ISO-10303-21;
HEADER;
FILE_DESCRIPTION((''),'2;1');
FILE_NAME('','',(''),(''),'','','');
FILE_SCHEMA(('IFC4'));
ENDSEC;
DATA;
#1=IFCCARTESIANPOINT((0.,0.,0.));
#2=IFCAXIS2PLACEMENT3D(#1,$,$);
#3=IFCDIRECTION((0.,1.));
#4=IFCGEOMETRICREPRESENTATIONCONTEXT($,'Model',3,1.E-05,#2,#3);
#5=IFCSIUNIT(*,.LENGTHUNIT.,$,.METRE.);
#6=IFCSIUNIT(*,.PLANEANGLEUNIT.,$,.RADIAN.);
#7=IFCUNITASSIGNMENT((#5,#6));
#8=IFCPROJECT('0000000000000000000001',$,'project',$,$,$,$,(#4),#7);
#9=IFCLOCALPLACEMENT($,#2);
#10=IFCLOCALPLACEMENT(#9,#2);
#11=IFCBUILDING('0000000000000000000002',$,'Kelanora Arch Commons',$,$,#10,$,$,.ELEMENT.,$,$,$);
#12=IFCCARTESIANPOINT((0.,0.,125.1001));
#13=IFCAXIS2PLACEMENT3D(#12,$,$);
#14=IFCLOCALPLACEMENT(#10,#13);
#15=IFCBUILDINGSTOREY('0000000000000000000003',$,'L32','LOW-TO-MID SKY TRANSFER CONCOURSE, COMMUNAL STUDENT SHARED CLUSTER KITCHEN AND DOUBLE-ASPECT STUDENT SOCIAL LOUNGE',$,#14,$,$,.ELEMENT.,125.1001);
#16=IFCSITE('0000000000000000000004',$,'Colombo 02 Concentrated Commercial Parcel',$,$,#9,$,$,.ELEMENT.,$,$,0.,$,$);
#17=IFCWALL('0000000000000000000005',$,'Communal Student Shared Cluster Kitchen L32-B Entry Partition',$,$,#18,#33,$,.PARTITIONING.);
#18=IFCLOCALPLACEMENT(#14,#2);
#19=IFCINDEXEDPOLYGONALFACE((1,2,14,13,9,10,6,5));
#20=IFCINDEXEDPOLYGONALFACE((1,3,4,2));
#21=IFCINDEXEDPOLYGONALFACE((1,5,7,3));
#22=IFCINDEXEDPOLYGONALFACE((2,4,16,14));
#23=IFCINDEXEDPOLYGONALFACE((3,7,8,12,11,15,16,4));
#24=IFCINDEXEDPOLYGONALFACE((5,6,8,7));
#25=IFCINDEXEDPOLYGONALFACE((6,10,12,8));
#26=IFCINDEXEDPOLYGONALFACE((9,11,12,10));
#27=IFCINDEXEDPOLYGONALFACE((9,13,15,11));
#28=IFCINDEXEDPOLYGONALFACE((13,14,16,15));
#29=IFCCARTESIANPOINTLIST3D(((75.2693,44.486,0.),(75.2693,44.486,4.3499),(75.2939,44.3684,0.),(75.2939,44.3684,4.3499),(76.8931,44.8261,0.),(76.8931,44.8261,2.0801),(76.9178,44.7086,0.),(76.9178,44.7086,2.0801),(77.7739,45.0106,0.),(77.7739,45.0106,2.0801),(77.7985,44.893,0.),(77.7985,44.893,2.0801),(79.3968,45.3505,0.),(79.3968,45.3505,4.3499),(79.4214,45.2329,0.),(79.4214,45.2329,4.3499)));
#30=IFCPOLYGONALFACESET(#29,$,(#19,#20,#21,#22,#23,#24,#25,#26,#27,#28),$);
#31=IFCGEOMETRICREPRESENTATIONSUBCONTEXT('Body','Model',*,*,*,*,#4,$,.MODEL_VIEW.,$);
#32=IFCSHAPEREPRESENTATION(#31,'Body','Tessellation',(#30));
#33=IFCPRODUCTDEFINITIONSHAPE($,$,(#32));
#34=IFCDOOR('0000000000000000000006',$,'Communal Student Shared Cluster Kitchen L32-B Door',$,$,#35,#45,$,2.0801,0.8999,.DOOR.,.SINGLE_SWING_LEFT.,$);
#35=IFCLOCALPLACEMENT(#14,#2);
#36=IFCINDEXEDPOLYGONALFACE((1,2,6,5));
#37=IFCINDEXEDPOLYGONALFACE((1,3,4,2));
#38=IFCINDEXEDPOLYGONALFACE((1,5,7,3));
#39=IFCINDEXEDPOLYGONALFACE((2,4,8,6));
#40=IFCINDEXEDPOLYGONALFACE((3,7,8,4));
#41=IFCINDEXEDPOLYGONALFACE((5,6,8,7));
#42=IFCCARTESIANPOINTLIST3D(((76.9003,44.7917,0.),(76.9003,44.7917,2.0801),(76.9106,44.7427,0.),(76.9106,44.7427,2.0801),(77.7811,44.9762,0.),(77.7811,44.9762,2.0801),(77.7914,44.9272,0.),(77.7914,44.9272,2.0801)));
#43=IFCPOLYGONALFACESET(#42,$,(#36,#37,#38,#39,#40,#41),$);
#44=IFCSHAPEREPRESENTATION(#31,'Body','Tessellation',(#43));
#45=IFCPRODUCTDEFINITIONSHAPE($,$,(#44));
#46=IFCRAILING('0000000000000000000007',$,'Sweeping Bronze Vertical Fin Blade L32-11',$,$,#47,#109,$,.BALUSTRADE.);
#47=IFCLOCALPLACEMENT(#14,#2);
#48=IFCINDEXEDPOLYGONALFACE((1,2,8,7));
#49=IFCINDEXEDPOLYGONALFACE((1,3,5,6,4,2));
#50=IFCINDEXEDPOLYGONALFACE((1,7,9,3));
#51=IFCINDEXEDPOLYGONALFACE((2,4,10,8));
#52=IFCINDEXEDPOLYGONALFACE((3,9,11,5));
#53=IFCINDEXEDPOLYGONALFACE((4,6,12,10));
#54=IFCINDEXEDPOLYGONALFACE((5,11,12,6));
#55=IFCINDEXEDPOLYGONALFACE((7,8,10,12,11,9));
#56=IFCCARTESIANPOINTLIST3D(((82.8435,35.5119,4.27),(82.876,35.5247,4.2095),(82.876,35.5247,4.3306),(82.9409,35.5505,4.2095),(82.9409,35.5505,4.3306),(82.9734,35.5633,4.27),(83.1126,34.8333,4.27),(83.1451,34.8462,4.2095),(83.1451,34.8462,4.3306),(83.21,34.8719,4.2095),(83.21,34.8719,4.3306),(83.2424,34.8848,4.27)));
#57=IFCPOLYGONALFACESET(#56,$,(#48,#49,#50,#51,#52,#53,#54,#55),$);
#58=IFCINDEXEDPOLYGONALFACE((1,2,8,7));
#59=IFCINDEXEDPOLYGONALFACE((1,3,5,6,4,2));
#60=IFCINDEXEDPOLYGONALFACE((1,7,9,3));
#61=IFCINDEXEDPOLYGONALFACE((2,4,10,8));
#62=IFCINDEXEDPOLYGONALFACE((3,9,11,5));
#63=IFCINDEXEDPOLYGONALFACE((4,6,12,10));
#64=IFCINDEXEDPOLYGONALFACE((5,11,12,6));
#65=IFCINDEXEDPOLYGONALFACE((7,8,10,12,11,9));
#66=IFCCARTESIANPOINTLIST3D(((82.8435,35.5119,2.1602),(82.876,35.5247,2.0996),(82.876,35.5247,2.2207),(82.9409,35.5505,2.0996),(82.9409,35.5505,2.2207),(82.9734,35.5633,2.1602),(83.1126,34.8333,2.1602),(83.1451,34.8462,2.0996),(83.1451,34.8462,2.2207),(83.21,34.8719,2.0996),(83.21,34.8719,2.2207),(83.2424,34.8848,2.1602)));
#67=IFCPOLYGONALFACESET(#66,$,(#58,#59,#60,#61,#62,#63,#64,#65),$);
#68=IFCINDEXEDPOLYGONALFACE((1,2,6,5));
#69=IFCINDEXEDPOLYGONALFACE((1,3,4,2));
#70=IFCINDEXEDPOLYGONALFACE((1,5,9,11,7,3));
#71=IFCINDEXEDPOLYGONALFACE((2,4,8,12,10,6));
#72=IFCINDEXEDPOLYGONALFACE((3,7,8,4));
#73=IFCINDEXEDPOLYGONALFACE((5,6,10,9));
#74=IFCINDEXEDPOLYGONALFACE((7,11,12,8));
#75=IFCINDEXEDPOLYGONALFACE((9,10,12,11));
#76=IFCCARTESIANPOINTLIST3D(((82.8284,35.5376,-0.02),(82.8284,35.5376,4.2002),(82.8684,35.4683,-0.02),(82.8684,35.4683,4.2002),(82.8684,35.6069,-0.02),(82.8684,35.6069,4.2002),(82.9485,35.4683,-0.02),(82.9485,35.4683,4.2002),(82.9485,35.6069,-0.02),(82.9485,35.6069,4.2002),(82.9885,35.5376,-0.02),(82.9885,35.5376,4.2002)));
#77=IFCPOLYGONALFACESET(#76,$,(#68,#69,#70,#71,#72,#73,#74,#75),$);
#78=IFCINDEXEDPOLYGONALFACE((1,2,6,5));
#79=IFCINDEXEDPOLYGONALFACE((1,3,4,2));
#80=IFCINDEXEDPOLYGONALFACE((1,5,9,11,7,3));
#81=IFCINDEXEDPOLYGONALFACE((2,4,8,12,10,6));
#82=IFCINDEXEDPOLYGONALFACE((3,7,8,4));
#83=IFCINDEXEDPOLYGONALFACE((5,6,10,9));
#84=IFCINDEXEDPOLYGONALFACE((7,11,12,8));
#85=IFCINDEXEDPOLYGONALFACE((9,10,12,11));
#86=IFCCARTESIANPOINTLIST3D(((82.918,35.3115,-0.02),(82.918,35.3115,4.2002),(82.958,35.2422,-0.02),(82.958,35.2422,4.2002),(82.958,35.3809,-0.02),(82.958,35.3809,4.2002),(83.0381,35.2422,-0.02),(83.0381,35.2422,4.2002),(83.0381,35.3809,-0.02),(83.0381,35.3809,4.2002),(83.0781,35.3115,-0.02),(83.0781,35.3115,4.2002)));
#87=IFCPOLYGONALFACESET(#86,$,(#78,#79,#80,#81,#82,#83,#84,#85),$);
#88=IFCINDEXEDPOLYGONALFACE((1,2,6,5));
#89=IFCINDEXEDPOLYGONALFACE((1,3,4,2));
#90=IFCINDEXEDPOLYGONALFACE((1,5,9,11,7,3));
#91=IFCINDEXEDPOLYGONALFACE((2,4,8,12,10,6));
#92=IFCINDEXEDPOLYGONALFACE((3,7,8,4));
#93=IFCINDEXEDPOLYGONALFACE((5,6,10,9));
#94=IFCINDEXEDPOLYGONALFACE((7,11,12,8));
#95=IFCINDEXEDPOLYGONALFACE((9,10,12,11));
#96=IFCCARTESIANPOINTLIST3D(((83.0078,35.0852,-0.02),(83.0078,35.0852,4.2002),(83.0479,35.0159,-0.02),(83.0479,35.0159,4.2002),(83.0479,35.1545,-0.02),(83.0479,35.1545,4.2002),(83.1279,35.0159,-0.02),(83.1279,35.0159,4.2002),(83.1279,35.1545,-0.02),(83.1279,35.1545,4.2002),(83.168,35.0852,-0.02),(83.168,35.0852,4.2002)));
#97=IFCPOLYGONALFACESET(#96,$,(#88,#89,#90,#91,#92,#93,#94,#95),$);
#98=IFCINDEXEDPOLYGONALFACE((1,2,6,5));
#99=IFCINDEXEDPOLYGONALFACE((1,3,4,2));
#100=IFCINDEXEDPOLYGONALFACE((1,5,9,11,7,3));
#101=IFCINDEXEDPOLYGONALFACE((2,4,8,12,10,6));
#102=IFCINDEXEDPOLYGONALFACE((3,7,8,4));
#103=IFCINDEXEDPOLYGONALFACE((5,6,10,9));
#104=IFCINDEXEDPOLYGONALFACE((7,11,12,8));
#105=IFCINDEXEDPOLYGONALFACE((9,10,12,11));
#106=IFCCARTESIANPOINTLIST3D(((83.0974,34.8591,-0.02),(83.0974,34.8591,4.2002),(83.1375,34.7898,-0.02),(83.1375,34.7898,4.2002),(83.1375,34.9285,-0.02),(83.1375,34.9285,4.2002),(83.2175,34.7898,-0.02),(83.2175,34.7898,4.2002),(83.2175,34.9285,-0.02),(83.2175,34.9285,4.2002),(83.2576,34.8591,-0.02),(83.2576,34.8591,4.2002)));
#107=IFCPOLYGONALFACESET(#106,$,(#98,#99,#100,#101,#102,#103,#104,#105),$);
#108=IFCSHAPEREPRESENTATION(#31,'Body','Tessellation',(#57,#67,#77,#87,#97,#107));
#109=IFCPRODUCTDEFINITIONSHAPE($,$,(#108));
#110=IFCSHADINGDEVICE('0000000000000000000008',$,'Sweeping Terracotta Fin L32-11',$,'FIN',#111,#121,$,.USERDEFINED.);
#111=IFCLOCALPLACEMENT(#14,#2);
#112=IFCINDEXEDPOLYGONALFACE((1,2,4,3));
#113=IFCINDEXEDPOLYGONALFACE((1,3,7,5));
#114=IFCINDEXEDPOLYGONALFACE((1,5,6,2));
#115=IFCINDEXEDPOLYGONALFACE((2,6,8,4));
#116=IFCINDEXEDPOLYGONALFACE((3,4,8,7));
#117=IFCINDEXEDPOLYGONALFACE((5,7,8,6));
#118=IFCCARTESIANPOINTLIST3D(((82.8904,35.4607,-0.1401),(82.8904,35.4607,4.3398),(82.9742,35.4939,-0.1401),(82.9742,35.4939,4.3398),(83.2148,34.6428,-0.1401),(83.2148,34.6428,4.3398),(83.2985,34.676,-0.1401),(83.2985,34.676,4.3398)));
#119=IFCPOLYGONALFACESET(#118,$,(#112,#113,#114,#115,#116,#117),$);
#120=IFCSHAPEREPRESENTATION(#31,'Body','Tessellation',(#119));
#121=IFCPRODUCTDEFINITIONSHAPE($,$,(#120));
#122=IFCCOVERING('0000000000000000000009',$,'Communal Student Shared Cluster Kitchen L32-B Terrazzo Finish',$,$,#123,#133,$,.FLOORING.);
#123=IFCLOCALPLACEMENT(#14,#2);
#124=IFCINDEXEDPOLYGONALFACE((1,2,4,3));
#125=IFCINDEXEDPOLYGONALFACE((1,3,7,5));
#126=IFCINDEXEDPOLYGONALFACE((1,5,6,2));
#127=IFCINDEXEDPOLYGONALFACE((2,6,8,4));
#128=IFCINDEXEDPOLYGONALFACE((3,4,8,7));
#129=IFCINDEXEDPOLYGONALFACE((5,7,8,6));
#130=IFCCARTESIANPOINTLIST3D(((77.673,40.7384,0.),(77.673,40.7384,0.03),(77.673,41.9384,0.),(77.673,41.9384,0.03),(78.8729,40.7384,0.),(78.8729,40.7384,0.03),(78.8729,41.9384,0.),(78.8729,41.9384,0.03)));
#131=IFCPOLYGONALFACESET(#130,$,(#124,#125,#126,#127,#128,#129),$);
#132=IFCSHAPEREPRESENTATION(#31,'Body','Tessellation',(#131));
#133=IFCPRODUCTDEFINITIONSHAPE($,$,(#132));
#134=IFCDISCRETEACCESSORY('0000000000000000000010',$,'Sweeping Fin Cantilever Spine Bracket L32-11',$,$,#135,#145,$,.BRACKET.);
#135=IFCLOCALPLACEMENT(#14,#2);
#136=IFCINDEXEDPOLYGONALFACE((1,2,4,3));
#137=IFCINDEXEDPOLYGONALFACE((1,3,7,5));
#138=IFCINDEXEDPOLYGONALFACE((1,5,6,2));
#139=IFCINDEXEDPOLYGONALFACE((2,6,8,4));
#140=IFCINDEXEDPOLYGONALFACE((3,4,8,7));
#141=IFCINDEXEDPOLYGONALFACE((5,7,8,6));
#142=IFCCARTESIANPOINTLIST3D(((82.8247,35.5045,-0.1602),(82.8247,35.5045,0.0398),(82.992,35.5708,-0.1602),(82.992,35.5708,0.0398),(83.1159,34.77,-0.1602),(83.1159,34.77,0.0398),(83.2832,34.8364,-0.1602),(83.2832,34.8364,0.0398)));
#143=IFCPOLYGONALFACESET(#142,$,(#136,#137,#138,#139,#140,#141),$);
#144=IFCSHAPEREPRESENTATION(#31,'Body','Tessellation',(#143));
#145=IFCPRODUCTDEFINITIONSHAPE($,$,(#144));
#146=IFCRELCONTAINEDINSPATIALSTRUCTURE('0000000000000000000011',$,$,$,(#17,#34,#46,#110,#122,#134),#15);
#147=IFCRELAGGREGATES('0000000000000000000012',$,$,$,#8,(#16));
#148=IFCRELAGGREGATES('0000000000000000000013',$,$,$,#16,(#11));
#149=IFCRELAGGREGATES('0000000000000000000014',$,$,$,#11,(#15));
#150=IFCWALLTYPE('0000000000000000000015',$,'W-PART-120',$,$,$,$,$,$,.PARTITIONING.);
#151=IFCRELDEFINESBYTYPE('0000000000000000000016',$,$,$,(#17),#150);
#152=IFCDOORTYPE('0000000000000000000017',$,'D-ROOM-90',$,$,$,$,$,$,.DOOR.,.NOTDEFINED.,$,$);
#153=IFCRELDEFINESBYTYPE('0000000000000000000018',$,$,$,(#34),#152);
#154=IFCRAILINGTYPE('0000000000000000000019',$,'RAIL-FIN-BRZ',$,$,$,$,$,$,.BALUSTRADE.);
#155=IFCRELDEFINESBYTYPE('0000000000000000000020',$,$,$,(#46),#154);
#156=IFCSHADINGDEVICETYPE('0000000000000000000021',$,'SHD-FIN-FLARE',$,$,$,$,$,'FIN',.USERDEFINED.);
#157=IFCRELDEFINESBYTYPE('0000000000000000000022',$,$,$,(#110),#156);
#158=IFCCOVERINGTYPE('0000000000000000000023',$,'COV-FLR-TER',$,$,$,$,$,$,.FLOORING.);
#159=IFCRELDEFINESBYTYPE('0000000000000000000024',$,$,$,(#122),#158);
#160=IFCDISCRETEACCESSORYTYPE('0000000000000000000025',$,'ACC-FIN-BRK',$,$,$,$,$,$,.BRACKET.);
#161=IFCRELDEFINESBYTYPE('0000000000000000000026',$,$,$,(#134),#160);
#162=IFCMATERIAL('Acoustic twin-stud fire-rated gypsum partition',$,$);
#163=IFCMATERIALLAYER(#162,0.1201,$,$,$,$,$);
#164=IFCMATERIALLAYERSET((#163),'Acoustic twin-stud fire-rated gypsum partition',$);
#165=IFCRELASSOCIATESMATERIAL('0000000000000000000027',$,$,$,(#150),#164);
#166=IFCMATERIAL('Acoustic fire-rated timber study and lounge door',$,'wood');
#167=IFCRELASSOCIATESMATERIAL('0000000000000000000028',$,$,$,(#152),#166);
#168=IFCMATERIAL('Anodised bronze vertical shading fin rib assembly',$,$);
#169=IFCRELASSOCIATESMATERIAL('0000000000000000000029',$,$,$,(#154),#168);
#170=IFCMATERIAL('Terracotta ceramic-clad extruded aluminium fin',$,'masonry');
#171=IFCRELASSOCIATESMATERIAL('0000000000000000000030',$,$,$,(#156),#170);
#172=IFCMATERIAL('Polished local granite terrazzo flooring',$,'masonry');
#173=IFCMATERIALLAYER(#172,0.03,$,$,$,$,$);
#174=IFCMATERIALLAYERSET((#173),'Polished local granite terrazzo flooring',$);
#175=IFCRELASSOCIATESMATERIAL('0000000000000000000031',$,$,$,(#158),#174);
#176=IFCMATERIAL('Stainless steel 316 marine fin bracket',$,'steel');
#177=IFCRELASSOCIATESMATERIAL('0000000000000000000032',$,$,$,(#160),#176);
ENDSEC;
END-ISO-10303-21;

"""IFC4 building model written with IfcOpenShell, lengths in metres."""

from ifc_helpers import new_model, si_unit, direction, frame, frame_2d, origin, origin_2d, place, context, subcontext, project, spatial, polyline, rectangle, outline, extrude, source, transform, mapped, material, layer, layer_set, type_object, element, fill, save


model = new_model("IFC4")

# Units and contexts
model_context = context("Model", 3, precision=1e-05, world=origin(), true_north=direction((0.0, 1.0)))
body_context = subcontext(model_context, "Body", "Model", "MODEL_VIEW")
ifc_project = project(units=[si_unit("LENGTHUNIT", "METRE"), si_unit("PLANEANGLEUNIT", "RADIAN")], contexts=[model_context])

# Site, building, storey
site_placement = place(None, origin())
site = spatial("IfcSite", under=ifc_project, at=site_placement, Name="Colombo 02 Concentrated Commercial Parcel", CompositionType="ELEMENT", RefElevation=0.0)
building_placement = place(site_placement, origin())
building = spatial("IfcBuilding", under=site, at=building_placement, Name="Kelanora Arch Commons", CompositionType="ELEMENT")
storey_placement = place(building_placement, frame((0.0, 0.0, 125.1001)))
storey = spatial("IfcBuildingStorey", under=building, at=storey_placement, Name="L32", Description="LOW-TO-MID SKY TRANSFER CONCOURSE, COMMUNAL STUDENT SHARED CLUSTER KITCHEN AND DOUBLE-ASPECT STUDENT SOCIAL LOUNGE", CompositionType="ELEMENT", Elevation=125.1001)

# Wall, opening, door
ifc_material_1 = material(Name="Acoustic twin-stud fire-rated gypsum partition")
ifc_layer_1 = layer(ifc_material_1, 0.1201)
ifc_layer_set_1 = layer_set([ifc_layer_1], Name="Acoustic twin-stud fire-rated gypsum partition")
wall_type_1 = type_object("IfcWallType", Name="W-PART-120", PredefinedType="PARTITIONING", material=ifc_layer_set_1)
wall_1_placement = place(storey_placement, frame((75.2817, 44.4272, 0.0), z_axis=(0.0, 0.0, 1.0), x_axis=(0.978761, 0.205004, 0.0)))
wall_1 = element("IfcWall", 1, at=wall_1_placement, inside=storey, type_object=wall_type_1, Name="Communal Student Shared Cluster Kitchen L32-B Entry Partition", PredefinedType="PARTITIONING", context=body_context, shape_type="SweptSolid", body=[
    extrude(rectangle(XDim=4.217, YDim=0.1201, at=frame_2d((2.1084, 0.0))), origin(), (0.0, 0.0, 1.0), 4.3499),
])
opening_placement = place(wall_1_placement, frame((1.6589, 0.0, 0.0)))
opening = element("IfcOpeningElement", 2, at=opening_placement, cuts=wall_1, PredefinedType="OPENING", context=body_context, shape_type="SweptSolid", body=[
    extrude(rectangle(XDim=0.8999, YDim=2.0801, at=frame_2d((0.45, 1.04))), frame((0.0, 0.0701, 0.0), z_axis=(0.0, -1.0, 0.0), x_axis=(1.0, 0.0, 0.0)), (0.0, 0.0, 1.0), 0.1401),
])
ifc_material_2 = material(Name="Acoustic fire-rated timber study and lounge door", Category="wood")
door_type = type_object("IfcDoorType", Name="D-ROOM-90", OperationType="NOTDEFINED", PredefinedType="DOOR", material=ifc_material_2)
door_placement = place(opening_placement, origin())
door = element("IfcDoor", 3, at=door_placement, inside=storey, type_object=door_type, Name="Communal Student Shared Cluster Kitchen L32-B Door", OperationType="SINGLE_SWING_LEFT", OverallHeight=2.0801, OverallWidth=0.8999, PredefinedType="DOOR", context=body_context, shape_type="SweptSolid", body=[
    extrude(rectangle(XDim=0.8999, YDim=2.0801, at=frame_2d((0.45, 1.04))), frame((0.0, 0.0249, 0.0), z_axis=(0.0, -1.0, 0.0), x_axis=(1.0, 0.0, 0.0)), (0.0, 0.0, 1.0), 0.05),
])
fill(opening, door)

# Railing
ifc_material_3 = material(Name="Anodised bronze vertical shading fin rib assembly")
railing_type = type_object("IfcRailingType", Name="RAIL-FIN-BRZ", PredefinedType="BALUSTRADE", material=ifc_material_3)
railing_placement = place(storey_placement, frame((82.9084, 35.5376, -0.02)))
element("IfcRailing", 4, at=railing_placement, inside=storey, type_object=railing_type, Name="Sweeping Bronze Vertical Fin Blade L32-11", PredefinedType="BALUSTRADE", context=body_context, shape_type="SweptSolid", body=[
    extrude(outline(polyline([(0.0698, 0.0), (0.0349, 0.0605), (-0.0349, 0.0605), (-0.0698, 0.0), (-0.0349, -0.0605), (0.0349, -0.0605), (0.0698, 0.0)])), frame((0.0, 0.0, 4.29), z_axis=(0.368621, -0.92958, 0.0), x_axis=(0.92958, 0.368621, 0.0)), (0.0, 0.0, 1.0), 0.73),
    extrude(outline(polyline([(0.0698, 0.0), (0.0349, 0.0605), (-0.0349, 0.0605), (-0.0698, 0.0), (-0.0349, -0.0605), (0.0349, -0.0605), (0.0698, 0.0)])), frame((0.0, 0.0, 2.1802), z_axis=(0.368621, -0.92958, 0.0), x_axis=(0.92958, 0.368621, 0.0)), (0.0, 0.0, 1.0), 0.73),
    extrude(outline(polyline([(0.0801, 0.0), (0.04, 0.0693), (-0.04, 0.0693), (-0.0801, 0.0), (-0.04, -0.0693), (0.04, -0.0693), (0.0801, 0.0)])), origin(), (0.0, 0.0, 1.0), 4.2202),
    extrude(outline(polyline([(0.0801, 0.0), (0.04, 0.0693), (-0.04, 0.0693), (-0.0801, 0.0), (-0.04, -0.0693), (0.04, -0.0693), (0.0801, 0.0)])), frame((0.0896, -0.2261, 0.0)), (0.0, 0.0, 1.0), 4.2202),
    extrude(outline(polyline([(0.0801, 0.0), (0.04, 0.0693), (-0.04, 0.0693), (-0.0801, 0.0), (-0.04, -0.0693), (0.04, -0.0693), (0.0801, 0.0)])), frame((0.1794, -0.4524, 0.0)), (0.0, 0.0, 1.0), 4.2202),
    extrude(outline(polyline([(0.0801, 0.0), (0.04, 0.0693), (-0.04, 0.0693), (-0.0801, 0.0), (-0.04, -0.0693), (0.04, -0.0693), (0.0801, 0.0)])), frame((0.269, -0.6785, 0.0)), (0.0, 0.0, 1.0), 4.2202),
])

# Shading device
ifc_material_4 = material(Name="Terracotta ceramic-clad extruded aluminium fin", Category="masonry")
shading_device_type = type_object("IfcShadingDeviceType", Name="SHD-FIN-FLARE", ElementType="FIN", PredefinedType="USERDEFINED", material=ifc_material_4)
shared_shape_1 = source(origin(), body_context, "Body", "SweptSolid", [
    extrude(rectangle(XDim=0.8799, YDim=0.0901, at=origin_2d()), origin(), (0.0, 0.0, 1.0), 4.48),
])
shading_device_placement = place(storey_placement, frame((83.0945, 35.0684, -0.1401), z_axis=(0.0, 0.0, 1.0), x_axis=(0.368611, -0.929584, 0.0)))
element("IfcShadingDevice", 5, at=shading_device_placement, inside=storey, type_object=shading_device_type, Name="Sweeping Terracotta Fin L32-11", ObjectType="FIN", PredefinedType="USERDEFINED", context=body_context, shape_type="MappedRepresentation", body=[
    mapped(shared_shape_1, transform((0.0, 0.0, 0.0), scale=1.0)),
])

# Covering
ifc_material_5 = material(Name="Polished local granite terrazzo flooring", Category="masonry")
ifc_layer_2 = layer(ifc_material_5, 0.03)
ifc_layer_set_2 = layer_set([ifc_layer_2], Name="Polished local granite terrazzo flooring")
covering_type = type_object("IfcCoveringType", Name="COV-FLR-TER", PredefinedType="FLOORING", material=ifc_layer_set_2)
shared_shape_2 = source(origin(), body_context, "Body", "SweptSolid", [
    extrude(rectangle(XDim=1.2, YDim=1.2, at=origin_2d()), origin(), (0.0, 0.0, 1.0), 0.03),
])
covering_placement = place(storey_placement, frame((78.2729, 41.3384, 0.0), z_axis=(0.0, 0.0, 1.0), x_axis=(1.0, 0.0, 0.0)))
element("IfcCovering", 6, at=covering_placement, inside=storey, type_object=covering_type, Name="Communal Student Shared Cluster Kitchen L32-B Terrazzo Finish", PredefinedType="FLOORING", context=body_context, shape_type="MappedRepresentation", body=[
    mapped(shared_shape_2, transform((0.0, 0.0, 0.0), scale=1.0)),
])

# Discrete accessory
ifc_material_6 = material(Name="Stainless steel 316 marine fin bracket", Category="steel")
discrete_accessory_type = type_object("IfcDiscreteAccessoryType", Name="ACC-FIN-BRK", PredefinedType="BRACKET", material=ifc_material_6)
shared_shape_3 = source(origin(), body_context, "Body", "SweptSolid", [
    extrude(rectangle(XDim=0.79, YDim=0.1799, at=origin_2d()), origin(), (0.0, 0.0, 1.0), 0.2),
])
discrete_accessory_placement = place(storey_placement, frame((83.054, 35.1704, -0.1602), z_axis=(0.0, 0.0, 1.0), x_axis=(0.368611, -0.929584, 0.0)))
element("IfcDiscreteAccessory", 7, at=discrete_accessory_placement, inside=storey, type_object=discrete_accessory_type, Name="Sweeping Fin Cantilever Spine Bracket L32-11", PredefinedType="BRACKET", context=body_context, shape_type="MappedRepresentation", body=[
    mapped(shared_shape_3, transform((0.0, 0.0, 0.0), scale=1.0)),
])

save(model, "model.ifc")
